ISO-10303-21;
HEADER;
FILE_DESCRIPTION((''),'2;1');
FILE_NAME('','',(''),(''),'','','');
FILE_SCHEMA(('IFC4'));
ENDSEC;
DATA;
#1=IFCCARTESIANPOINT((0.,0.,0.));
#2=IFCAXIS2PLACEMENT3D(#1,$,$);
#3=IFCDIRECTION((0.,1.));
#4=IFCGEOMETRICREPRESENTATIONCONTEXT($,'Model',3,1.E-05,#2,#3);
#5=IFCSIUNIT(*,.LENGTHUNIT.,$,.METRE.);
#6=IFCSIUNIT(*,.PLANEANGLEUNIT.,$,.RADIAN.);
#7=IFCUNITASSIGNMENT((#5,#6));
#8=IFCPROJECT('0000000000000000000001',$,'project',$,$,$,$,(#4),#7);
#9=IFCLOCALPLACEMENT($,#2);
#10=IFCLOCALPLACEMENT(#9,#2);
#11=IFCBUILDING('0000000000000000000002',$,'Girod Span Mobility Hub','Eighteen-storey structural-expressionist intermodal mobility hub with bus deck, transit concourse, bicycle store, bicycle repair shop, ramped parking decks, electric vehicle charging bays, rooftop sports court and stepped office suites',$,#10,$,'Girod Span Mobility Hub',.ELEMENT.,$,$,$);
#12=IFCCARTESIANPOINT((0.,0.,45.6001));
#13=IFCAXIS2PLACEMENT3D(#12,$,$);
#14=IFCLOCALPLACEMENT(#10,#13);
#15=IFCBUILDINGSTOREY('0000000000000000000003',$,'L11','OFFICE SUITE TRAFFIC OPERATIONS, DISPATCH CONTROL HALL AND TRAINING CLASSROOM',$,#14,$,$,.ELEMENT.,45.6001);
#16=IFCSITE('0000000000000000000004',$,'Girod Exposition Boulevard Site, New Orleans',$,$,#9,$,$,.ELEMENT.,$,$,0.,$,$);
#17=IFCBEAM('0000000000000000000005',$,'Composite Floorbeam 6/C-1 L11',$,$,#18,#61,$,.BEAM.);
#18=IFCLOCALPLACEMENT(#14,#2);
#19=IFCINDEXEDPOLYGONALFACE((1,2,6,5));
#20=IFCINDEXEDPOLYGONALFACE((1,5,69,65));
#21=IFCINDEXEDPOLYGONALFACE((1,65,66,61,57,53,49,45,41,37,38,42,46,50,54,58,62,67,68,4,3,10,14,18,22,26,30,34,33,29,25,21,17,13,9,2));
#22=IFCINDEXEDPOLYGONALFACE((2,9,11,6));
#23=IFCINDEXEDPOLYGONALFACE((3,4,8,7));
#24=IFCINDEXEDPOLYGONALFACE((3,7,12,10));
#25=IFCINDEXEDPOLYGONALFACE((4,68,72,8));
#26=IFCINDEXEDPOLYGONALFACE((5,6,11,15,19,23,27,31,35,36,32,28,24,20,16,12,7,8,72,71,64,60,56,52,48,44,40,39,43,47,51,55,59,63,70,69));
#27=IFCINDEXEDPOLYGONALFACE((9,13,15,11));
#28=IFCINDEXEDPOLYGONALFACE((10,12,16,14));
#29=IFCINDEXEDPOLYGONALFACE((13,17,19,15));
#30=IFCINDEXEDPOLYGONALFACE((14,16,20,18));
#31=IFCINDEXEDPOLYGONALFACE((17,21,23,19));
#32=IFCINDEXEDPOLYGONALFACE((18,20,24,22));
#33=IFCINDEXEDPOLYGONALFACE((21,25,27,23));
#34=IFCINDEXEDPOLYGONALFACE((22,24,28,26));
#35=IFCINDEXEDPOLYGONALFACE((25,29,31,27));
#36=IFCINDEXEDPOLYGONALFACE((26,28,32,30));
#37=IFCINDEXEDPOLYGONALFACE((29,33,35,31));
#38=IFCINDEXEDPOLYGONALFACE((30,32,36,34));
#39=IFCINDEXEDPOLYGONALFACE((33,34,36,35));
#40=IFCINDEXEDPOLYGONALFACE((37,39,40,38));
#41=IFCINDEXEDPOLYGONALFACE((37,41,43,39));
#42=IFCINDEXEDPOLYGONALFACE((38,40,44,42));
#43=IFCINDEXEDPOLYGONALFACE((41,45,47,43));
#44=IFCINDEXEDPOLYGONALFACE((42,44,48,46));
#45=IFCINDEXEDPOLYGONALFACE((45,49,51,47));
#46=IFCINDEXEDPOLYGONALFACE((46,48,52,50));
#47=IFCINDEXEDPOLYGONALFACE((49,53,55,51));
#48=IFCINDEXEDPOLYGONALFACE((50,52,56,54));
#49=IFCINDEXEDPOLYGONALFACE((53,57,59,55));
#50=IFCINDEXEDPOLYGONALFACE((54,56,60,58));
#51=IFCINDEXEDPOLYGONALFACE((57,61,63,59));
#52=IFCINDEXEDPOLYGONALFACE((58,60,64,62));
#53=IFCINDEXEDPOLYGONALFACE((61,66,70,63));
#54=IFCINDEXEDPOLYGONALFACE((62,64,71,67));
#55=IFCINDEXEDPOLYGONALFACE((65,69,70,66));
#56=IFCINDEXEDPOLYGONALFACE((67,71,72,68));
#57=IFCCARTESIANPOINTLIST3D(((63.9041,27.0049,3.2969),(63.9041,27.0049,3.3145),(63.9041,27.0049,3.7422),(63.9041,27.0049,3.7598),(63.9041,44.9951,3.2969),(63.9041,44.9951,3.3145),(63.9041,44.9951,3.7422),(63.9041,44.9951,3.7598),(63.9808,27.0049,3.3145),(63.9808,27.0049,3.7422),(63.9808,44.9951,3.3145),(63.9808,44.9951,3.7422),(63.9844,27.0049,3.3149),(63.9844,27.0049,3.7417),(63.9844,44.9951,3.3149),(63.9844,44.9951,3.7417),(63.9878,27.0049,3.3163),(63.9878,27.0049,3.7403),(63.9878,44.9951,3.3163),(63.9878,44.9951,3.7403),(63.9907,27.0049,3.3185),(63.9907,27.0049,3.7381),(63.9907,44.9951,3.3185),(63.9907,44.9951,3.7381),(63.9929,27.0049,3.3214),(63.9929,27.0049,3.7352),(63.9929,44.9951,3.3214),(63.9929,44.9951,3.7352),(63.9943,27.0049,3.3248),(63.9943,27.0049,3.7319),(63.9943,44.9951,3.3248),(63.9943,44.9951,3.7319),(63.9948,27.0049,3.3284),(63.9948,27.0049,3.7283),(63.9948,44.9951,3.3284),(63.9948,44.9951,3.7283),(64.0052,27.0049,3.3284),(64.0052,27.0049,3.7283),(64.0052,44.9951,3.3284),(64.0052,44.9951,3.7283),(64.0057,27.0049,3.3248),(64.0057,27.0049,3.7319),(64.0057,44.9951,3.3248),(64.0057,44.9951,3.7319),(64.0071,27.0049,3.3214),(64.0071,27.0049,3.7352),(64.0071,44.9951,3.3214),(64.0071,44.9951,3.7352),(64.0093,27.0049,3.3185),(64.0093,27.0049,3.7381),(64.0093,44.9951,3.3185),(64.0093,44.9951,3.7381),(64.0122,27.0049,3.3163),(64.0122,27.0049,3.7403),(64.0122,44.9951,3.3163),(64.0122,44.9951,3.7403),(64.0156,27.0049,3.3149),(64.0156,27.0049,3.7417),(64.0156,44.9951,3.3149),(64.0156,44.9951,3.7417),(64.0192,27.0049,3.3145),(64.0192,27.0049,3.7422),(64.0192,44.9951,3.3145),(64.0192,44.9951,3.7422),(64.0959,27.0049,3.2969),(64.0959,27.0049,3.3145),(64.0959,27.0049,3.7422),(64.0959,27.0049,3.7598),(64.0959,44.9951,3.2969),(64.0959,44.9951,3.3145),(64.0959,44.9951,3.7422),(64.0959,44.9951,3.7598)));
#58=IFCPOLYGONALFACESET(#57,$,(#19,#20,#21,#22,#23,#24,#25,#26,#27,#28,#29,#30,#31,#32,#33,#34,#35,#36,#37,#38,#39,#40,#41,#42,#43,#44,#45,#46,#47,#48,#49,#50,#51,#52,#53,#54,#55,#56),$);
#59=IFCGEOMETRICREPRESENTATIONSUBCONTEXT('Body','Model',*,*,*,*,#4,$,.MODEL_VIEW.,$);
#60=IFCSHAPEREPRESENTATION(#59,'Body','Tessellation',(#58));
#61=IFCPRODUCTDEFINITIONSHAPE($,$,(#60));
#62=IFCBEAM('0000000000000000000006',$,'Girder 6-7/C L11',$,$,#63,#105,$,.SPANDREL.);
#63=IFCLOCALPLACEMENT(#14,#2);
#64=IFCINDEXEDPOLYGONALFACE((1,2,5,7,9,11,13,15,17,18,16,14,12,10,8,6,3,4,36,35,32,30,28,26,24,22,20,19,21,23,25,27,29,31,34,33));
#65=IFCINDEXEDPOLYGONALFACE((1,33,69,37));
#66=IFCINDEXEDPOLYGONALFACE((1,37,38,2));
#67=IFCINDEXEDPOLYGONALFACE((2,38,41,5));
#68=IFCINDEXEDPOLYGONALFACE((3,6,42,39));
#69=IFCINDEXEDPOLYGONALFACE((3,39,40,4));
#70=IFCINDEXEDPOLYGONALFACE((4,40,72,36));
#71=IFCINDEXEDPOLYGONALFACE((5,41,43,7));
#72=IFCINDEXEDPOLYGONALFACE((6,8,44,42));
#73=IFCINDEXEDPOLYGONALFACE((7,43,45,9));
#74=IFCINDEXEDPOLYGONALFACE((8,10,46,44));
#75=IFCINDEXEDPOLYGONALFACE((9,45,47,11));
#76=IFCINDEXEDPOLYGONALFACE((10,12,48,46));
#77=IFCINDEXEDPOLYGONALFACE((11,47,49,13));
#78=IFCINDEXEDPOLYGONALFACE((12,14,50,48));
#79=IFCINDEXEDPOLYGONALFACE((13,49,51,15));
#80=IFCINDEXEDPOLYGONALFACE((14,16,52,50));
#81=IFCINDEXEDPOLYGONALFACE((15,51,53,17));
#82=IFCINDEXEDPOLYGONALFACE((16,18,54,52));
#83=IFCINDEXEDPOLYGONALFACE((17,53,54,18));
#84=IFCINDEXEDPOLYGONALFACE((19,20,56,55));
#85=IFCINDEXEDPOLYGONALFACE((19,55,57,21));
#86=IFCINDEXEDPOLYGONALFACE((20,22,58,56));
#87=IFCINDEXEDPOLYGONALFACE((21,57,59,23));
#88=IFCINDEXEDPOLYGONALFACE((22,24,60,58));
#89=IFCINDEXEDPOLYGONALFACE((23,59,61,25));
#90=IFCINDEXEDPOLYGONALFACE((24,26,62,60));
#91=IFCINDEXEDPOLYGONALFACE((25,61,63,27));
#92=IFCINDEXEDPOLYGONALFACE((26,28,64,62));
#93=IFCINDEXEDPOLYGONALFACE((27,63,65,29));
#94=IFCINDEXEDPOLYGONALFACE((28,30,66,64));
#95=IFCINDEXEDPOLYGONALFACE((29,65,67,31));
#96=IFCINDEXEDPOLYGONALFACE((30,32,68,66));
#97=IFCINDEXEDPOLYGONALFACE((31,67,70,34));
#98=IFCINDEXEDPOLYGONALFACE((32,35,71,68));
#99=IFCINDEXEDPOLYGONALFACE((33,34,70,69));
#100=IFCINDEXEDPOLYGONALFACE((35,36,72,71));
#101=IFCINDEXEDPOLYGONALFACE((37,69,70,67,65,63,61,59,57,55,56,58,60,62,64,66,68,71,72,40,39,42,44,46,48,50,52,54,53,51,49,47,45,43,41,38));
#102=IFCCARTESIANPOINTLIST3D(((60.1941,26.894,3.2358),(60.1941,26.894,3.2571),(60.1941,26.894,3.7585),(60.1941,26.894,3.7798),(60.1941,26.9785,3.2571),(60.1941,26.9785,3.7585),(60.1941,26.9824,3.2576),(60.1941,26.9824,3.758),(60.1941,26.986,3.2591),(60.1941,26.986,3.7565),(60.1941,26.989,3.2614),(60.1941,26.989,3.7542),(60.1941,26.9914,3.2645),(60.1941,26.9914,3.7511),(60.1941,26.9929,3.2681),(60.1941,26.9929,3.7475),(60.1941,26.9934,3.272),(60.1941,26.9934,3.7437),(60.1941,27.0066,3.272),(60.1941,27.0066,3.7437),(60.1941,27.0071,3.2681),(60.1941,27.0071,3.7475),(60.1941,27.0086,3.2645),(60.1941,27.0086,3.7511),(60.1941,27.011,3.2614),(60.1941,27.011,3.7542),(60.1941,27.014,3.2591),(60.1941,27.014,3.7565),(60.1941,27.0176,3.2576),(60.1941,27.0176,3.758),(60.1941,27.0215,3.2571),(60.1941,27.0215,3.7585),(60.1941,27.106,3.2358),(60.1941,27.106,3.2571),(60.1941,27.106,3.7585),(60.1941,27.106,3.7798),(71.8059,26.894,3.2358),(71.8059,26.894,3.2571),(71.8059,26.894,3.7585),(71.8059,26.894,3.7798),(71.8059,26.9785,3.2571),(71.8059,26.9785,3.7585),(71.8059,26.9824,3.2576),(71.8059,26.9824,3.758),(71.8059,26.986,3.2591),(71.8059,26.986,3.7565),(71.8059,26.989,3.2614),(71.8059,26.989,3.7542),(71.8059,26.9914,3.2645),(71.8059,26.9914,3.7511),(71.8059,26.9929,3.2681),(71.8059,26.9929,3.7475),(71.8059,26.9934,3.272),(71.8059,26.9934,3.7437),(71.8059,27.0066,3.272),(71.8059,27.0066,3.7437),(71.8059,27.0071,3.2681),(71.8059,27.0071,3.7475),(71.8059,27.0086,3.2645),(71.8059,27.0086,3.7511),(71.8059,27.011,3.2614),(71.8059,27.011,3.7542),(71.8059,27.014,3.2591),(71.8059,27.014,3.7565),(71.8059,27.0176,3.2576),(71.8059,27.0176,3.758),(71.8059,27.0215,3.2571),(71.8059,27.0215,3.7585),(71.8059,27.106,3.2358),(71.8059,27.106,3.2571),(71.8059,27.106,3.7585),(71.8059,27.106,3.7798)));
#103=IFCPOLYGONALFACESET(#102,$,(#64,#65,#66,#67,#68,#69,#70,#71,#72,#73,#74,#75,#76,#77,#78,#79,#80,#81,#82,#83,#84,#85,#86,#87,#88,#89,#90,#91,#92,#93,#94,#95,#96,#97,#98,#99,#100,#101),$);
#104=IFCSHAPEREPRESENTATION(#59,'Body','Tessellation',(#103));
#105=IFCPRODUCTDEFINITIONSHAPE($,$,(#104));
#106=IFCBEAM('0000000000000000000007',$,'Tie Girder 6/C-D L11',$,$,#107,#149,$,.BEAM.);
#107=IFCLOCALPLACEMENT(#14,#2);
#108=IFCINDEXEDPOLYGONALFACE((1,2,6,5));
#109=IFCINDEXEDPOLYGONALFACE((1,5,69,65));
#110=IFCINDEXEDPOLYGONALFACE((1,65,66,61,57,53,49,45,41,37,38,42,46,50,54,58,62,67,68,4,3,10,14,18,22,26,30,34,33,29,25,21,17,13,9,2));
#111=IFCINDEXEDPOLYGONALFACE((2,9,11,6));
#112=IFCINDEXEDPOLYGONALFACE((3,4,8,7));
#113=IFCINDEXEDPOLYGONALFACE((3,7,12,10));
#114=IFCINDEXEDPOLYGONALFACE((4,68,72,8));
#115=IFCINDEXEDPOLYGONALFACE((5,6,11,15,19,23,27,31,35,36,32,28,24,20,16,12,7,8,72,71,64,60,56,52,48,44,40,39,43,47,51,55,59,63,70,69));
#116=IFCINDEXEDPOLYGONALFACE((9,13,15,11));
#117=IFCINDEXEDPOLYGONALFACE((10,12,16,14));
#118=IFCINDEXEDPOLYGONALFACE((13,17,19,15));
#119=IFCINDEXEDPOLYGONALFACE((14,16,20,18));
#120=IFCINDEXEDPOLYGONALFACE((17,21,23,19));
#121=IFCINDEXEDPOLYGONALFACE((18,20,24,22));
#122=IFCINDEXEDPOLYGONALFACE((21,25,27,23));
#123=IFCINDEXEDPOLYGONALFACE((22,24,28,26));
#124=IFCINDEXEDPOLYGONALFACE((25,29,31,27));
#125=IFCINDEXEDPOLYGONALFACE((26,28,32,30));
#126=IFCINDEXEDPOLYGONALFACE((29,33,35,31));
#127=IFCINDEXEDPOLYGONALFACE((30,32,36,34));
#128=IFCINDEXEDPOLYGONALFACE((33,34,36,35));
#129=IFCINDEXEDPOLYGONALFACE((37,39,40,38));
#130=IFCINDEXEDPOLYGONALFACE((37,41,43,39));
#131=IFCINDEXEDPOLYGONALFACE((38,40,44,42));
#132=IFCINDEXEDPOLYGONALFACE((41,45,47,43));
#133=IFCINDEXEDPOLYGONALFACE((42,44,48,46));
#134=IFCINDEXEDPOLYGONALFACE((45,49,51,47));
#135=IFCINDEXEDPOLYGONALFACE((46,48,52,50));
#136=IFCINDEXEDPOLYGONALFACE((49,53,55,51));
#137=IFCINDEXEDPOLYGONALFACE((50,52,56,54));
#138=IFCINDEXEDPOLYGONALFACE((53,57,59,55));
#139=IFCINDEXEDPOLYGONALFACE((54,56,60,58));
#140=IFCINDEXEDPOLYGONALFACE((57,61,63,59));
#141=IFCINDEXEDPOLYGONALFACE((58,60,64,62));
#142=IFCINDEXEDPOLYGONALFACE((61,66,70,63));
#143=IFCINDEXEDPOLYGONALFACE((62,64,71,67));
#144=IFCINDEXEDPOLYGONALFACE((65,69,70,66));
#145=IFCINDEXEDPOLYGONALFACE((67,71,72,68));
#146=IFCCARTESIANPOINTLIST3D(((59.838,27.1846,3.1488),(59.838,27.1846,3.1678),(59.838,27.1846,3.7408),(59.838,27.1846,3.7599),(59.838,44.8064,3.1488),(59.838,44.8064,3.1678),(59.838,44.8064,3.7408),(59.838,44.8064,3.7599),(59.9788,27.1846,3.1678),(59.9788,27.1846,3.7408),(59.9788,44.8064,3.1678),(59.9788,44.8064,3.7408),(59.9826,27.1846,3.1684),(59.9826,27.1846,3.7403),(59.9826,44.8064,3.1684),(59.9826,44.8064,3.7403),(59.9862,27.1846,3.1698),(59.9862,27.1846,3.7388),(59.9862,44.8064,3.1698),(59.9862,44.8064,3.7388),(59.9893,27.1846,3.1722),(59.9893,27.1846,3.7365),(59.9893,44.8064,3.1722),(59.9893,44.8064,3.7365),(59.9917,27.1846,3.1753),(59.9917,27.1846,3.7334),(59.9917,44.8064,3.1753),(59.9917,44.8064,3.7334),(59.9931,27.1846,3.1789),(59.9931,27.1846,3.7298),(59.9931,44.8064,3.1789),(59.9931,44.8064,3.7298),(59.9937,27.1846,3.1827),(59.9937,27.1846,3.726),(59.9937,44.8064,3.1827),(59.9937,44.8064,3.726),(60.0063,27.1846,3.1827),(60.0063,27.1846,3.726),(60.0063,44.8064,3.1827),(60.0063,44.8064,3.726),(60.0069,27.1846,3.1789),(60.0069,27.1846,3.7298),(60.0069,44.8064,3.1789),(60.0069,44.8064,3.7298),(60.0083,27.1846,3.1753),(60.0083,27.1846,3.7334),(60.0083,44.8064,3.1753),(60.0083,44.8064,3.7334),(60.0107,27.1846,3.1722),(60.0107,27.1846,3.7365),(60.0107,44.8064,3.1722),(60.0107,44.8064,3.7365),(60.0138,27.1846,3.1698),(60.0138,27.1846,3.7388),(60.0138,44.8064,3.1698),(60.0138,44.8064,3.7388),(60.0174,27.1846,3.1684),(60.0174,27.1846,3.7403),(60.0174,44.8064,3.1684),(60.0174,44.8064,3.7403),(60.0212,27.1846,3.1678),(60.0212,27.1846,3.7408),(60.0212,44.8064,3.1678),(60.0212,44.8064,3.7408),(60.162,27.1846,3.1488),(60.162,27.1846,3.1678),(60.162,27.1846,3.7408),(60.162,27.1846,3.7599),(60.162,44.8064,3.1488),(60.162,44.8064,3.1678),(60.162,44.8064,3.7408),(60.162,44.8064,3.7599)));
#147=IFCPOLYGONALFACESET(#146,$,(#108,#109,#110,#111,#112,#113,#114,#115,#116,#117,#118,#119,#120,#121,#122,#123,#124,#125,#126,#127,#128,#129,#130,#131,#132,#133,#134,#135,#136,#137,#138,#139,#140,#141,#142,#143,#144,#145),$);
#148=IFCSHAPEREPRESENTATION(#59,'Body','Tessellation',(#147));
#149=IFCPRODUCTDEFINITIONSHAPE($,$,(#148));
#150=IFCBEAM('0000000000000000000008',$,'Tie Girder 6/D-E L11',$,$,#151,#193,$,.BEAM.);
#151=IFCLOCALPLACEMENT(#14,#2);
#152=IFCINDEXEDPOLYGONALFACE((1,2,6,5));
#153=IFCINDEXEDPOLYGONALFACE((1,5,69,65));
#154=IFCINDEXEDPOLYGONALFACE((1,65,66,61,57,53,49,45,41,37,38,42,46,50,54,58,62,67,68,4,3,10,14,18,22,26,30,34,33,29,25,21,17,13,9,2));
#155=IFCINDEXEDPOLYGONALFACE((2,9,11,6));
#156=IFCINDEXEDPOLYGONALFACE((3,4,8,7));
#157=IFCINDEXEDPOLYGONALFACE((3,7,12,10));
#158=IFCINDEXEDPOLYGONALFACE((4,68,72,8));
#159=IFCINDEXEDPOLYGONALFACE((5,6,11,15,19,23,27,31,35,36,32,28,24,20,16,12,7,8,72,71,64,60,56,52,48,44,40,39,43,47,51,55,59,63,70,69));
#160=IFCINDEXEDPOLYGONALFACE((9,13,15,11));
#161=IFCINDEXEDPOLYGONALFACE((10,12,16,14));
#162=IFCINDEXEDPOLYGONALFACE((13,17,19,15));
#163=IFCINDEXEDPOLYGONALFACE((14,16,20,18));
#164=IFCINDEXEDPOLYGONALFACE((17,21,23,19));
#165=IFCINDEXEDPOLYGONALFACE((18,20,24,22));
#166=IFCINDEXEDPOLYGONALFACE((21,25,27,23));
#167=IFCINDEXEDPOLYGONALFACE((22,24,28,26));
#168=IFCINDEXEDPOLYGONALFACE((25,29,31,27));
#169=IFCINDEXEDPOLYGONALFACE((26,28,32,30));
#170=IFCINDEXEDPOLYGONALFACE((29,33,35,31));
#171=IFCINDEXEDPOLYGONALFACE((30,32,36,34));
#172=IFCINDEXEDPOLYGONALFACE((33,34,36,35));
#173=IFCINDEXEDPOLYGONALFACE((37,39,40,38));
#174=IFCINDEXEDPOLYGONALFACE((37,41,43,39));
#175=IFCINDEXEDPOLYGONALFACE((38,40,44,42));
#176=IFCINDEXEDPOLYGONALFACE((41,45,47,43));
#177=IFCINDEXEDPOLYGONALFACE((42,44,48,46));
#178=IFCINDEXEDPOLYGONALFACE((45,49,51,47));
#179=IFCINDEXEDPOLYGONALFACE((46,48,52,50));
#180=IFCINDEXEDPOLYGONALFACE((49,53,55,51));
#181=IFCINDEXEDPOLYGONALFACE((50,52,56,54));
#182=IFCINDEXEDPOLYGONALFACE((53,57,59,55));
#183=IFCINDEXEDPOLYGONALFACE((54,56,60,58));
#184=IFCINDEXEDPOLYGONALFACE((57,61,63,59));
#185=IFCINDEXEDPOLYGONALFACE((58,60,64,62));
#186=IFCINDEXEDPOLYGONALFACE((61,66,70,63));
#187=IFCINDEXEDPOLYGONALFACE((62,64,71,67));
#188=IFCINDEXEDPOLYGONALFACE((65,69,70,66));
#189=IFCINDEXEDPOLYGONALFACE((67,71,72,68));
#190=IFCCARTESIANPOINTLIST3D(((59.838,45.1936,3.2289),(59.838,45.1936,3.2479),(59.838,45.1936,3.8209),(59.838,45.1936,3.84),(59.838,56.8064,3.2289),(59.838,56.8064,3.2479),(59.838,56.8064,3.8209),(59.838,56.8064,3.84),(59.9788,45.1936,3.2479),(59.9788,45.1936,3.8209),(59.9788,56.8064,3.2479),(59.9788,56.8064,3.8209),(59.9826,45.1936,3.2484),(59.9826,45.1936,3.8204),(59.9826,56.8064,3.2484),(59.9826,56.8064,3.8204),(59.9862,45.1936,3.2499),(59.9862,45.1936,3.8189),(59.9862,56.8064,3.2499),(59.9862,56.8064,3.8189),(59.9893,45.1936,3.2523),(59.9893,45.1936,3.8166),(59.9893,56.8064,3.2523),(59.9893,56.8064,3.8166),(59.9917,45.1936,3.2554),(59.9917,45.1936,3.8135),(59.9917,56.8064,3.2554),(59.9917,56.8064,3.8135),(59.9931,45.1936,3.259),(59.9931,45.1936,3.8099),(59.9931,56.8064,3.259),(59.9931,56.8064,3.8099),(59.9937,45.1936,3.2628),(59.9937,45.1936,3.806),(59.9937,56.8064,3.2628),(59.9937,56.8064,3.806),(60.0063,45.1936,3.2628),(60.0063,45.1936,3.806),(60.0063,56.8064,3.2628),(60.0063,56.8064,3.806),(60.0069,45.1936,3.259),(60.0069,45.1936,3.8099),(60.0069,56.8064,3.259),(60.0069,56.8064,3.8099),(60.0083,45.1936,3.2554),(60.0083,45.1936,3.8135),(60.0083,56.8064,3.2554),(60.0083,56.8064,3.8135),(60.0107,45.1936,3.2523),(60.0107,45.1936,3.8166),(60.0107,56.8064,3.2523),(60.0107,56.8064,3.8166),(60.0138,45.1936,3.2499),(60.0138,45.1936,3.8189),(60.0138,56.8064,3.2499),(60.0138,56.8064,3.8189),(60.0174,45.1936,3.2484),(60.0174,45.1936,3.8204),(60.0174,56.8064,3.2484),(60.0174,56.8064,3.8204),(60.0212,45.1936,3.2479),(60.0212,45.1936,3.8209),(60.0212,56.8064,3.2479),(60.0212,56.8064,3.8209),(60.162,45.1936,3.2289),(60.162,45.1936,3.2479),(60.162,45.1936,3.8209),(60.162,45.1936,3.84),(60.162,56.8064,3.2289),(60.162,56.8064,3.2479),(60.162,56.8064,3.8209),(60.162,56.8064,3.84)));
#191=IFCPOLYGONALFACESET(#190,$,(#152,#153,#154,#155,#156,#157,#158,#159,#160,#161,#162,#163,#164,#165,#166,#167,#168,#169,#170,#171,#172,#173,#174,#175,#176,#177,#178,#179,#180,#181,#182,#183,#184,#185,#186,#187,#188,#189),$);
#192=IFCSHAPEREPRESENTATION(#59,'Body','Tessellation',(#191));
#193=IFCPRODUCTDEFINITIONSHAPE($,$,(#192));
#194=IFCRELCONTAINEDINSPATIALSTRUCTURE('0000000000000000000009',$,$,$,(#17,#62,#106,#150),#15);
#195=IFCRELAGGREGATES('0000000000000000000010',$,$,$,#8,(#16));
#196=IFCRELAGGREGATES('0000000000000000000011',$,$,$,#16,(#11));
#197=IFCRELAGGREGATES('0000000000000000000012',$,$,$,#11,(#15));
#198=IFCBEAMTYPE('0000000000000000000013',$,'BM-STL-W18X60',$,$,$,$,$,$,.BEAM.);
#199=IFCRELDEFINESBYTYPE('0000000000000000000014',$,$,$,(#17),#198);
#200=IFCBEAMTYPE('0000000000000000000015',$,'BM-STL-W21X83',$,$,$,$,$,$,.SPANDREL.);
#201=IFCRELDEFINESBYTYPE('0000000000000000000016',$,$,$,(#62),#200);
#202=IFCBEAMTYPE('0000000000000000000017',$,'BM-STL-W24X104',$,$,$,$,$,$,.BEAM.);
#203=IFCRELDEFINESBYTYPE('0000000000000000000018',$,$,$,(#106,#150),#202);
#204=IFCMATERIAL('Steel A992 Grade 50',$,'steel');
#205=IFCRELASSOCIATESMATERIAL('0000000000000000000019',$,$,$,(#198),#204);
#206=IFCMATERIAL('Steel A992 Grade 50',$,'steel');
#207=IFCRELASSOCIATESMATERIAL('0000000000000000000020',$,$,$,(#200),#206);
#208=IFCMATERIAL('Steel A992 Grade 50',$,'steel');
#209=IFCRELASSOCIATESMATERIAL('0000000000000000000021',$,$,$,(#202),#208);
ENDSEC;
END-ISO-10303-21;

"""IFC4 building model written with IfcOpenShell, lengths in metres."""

from ifc_helpers import new_model, si_unit, direction, frame, origin, origin_2d, place, context, subcontext, project, spatial, i_section, extrude, material, material_profile, profile_set, type_object, element, save


model = new_model("IFC4")

# Units and contexts
model_context = context("Model", 3, precision=1e-05, world=origin(), true_north=direction((0.0, 1.0)))
body_context = subcontext(model_context, "Body", "Model", "MODEL_VIEW")
ifc_project = project(units=[si_unit("LENGTHUNIT", "METRE"), si_unit("PLANEANGLEUNIT", "RADIAN")], contexts=[model_context])

# Site, building, storey
site_placement = place(None, origin())
site = spatial("IfcSite", under=ifc_project, at=site_placement, Name="Girod Exposition Boulevard Site, New Orleans", CompositionType="ELEMENT", RefElevation=0.0)
building_placement = place(site_placement, origin())
building = spatial("IfcBuilding", under=site, at=building_placement, Name="Girod Span Mobility Hub", Description="Eighteen-storey structural-expressionist intermodal mobility hub with bus deck, transit concourse, bicycle store, bicycle repair shop, ramped parking decks, electric vehicle charging bays, rooftop sports court and stepped office suites", LongName="Girod Span Mobility Hub", CompositionType="ELEMENT")
storey_placement = place(building_placement, frame((0.0, 0.0, 45.6001)))
storey = spatial("IfcBuildingStorey", under=building, at=storey_placement, Name="L11", Description="OFFICE SUITE TRAFFIC OPERATIONS, DISPATCH CONTROL HALL AND TRAINING CLASSROOM", CompositionType="ELEMENT", Elevation=45.6001)

# Beams
ifc_material_1 = material(Name="Steel A992 Grade 50", Category="steel")
ifc_material_profile_1 = material_profile(ifc_material_1, i_section(OverallWidth=0.1919, OverallDepth=0.4629, WebThickness=0.0105, FlangeThickness=0.0176, FilletRadius=0.0139, at=origin_2d()), Name="W18X60")
ifc_profile_set_1 = profile_set([ifc_material_profile_1], Name="Steel A992 Grade 50")
beam_type_1 = type_object("IfcBeamType", Name="BM-STL-W18X60", PredefinedType="BEAM", material=ifc_profile_set_1)
for number, where, z_axis, x_axis, name in (
    (1, (64.0, 27.0049, 3.5283), (0.0, 1.0, 0.0), (-1.0, 0.0, 0.0), "Composite Floorbeam 6/C-1 L11"),
):
    element("IfcBeam", number, at=place(storey_placement, frame(where, z_axis=z_axis, x_axis=x_axis)), inside=storey, type_object=beam_type_1, Name=name, PredefinedType="BEAM", context=body_context, shape_type="SweptSolid", body=[
        extrude(i_section(OverallWidth=0.1919, OverallDepth=0.4629, WebThickness=0.0105, FlangeThickness=0.0176, FilletRadius=0.0139, at=origin_2d()), origin(), (0.0, 0.0, 1.0), 17.9902),
    ])
ifc_material_2 = material(Name="Steel A992 Grade 50", Category="steel")
ifc_material_profile_2 = material_profile(ifc_material_2, i_section(OverallWidth=0.2119, OverallDepth=0.5439, WebThickness=0.0132, FlangeThickness=0.0212, FilletRadius=0.0149, at=origin_2d()), Name="W21X83")
ifc_profile_set_2 = profile_set([ifc_material_profile_2], Name="Steel A992 Grade 50")
beam_type_2 = type_object("IfcBeamType", Name="BM-STL-W21X83", PredefinedType="SPANDREL", material=ifc_profile_set_2)
beam_1_placement = place(storey_placement, frame((60.1941, 27.0, 3.5078), z_axis=(1.0, 0.0, 0.0), x_axis=(0.0, 1.0, 0.0)))
element("IfcBeam", 2, at=beam_1_placement, inside=storey, type_object=beam_type_2, Name="Girder 6-7/C L11", PredefinedType="SPANDREL", context=body_context, shape_type="SweptSolid", body=[
    extrude(i_section(OverallWidth=0.2119, OverallDepth=0.5439, WebThickness=0.0132, FlangeThickness=0.0212, FilletRadius=0.0149, at=origin_2d()), origin(), (0.0, 0.0, 1.0), 11.6118),
])
ifc_material_3 = material(Name="Steel A992 Grade 50", Category="steel")
ifc_material_profile_3 = material_profile(ifc_material_3, i_section(OverallWidth=0.324, OverallDepth=0.6111, WebThickness=0.0127, FlangeThickness=0.019, FilletRadius=0.0149, at=origin_2d()), Name="W24X104")
ifc_profile_set_3 = profile_set([ifc_material_profile_3], Name="Steel A992 Grade 50")
beam_type_3 = type_object("IfcBeamType", Name="BM-STL-W24X104", PredefinedType="BEAM", material=ifc_profile_set_3)
beam_2_placement = place(storey_placement, frame((60.0, 27.1846, 3.4543), z_axis=(0.0, 1.0, 0.0), x_axis=(-1.0, 0.0, 0.0)))
element("IfcBeam", 3, at=beam_2_placement, inside=storey, type_object=beam_type_3, Name="Tie Girder 6/C-D L11", PredefinedType="BEAM", context=body_context, shape_type="SweptSolid", body=[
    extrude(i_section(OverallWidth=0.324, OverallDepth=0.6111, WebThickness=0.0127, FlangeThickness=0.019, FilletRadius=0.0149, at=origin_2d()), origin(), (0.0, 0.0, 1.0), 17.6218),
])
beam_3_placement = place(storey_placement, frame((60.0, 45.1936, 3.5344), z_axis=(0.0, 1.0, 0.0), x_axis=(-1.0, 0.0, 0.0)))
element("IfcBeam", 4, at=beam_3_placement, inside=storey, type_object=beam_type_3, Name="Tie Girder 6/D-E L11", PredefinedType="BEAM", context=body_context, shape_type="SweptSolid", body=[
    extrude(i_section(OverallWidth=0.324, OverallDepth=0.6111, WebThickness=0.0127, FlangeThickness=0.019, FilletRadius=0.0149, at=origin_2d()), origin(), (0.0, 0.0, 1.0), 11.6128),
])

save(model, "model.ifc")
